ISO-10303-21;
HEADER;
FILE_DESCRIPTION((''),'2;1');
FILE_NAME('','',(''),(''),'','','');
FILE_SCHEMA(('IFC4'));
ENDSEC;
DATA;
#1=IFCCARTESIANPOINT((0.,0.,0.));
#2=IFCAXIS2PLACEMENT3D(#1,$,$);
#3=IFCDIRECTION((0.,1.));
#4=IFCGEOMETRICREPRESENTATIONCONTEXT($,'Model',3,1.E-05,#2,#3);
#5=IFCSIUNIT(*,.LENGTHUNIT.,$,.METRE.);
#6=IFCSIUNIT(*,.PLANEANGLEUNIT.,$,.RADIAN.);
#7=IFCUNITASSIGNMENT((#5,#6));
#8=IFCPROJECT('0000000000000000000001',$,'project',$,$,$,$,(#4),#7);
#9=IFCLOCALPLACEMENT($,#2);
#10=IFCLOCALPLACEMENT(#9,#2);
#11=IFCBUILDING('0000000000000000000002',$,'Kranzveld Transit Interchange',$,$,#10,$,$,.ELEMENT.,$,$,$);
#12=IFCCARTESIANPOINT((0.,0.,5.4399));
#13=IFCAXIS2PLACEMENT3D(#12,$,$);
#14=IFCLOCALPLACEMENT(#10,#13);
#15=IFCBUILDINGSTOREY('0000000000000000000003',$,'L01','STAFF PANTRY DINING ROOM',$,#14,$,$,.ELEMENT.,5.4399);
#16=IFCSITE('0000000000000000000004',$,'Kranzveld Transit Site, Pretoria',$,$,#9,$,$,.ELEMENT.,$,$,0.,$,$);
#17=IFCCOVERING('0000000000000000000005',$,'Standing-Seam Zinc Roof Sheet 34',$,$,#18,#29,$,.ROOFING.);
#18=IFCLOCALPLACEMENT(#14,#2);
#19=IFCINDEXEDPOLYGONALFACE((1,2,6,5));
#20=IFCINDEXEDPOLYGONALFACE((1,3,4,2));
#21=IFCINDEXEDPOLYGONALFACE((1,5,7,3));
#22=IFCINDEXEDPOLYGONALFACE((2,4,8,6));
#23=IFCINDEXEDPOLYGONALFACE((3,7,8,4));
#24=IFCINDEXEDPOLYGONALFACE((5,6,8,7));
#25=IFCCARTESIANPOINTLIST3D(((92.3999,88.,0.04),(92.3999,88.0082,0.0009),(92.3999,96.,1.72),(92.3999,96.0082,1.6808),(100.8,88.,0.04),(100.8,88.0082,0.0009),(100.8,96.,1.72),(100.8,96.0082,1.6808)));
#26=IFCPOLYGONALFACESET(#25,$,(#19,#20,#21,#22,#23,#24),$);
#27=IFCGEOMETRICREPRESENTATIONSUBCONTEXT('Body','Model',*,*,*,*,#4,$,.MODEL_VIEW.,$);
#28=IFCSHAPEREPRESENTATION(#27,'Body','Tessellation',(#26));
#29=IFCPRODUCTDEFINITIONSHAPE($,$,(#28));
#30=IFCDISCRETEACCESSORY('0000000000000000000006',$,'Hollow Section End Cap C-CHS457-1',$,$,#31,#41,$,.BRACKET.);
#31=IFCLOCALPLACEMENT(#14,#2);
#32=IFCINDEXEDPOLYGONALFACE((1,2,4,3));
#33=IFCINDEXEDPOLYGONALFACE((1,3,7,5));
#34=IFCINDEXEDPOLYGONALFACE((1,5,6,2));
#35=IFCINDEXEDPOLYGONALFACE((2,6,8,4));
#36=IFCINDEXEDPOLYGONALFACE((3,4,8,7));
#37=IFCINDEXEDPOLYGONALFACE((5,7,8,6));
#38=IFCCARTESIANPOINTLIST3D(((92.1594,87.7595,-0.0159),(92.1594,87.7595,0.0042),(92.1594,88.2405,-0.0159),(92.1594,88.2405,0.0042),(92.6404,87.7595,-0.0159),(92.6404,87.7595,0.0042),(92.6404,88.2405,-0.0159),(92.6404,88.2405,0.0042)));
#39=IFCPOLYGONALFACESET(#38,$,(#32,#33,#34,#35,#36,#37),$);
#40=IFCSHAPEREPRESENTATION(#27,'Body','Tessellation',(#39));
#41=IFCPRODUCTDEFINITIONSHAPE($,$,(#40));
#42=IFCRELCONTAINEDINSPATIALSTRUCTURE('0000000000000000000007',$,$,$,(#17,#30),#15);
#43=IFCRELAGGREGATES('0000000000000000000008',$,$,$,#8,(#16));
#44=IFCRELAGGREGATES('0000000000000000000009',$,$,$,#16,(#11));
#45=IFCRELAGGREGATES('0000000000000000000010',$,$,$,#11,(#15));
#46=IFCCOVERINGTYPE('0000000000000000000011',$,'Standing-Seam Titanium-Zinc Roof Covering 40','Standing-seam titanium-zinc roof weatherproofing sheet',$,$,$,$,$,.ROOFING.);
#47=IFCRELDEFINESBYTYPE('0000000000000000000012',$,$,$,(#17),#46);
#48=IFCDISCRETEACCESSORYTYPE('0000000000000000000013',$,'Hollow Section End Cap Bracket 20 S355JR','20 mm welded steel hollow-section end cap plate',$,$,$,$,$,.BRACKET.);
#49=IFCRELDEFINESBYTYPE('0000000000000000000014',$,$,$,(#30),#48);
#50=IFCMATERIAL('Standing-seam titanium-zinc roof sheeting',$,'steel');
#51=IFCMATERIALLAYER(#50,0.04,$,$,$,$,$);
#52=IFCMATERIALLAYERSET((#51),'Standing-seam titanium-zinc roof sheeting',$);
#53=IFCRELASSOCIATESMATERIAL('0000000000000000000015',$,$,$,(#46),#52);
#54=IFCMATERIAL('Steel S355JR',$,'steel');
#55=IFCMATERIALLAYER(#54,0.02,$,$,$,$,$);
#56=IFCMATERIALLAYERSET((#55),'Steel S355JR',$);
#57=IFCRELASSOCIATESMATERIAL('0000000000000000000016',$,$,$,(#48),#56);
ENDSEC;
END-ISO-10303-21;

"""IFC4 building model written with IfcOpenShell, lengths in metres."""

from ifc_helpers import new_model, si_unit, direction, frame, origin, origin_2d, place, context, subcontext, project, spatial, polyline, rectangle, outline, extrude, material, layer, layer_set, type_object, element, save


model = new_model("IFC4")

# Units and contexts
model_context = context("Model", 3, precision=1e-05, world=origin(), true_north=direction((0.0, 1.0)))
body_context = subcontext(model_context, "Body", "Model", "MODEL_VIEW")
ifc_project = project(units=[si_unit("LENGTHUNIT", "METRE"), si_unit("PLANEANGLEUNIT", "RADIAN")], contexts=[model_context])

# Site, building, storey
site_placement = place(None, origin())
site = spatial("IfcSite", under=ifc_project, at=site_placement, Name="Kranzveld Transit Site, Pretoria", CompositionType="ELEMENT", RefElevation=0.0)
building_placement = place(site_placement, origin())
building = spatial("IfcBuilding", under=site, at=building_placement, Name="Kranzveld Transit Interchange", CompositionType="ELEMENT")
storey_placement = place(building_placement, frame((0.0, 0.0, 5.4399)))
storey = spatial("IfcBuildingStorey", under=building, at=storey_placement, Name="L01", Description="STAFF PANTRY DINING ROOM", CompositionType="ELEMENT", Elevation=5.4399)

# Covering
ifc_material_1 = material(Name="Standing-seam titanium-zinc roof sheeting", Category="steel")
ifc_layer_1 = layer(ifc_material_1, 0.04)
ifc_layer_set_1 = layer_set([ifc_layer_1], Name="Standing-seam titanium-zinc roof sheeting")
covering_type = type_object("IfcCoveringType", Name="Standing-Seam Titanium-Zinc Roof Covering 40", Description="Standing-seam titanium-zinc roof weatherproofing sheet", PredefinedType="ROOFING", material=ifc_layer_set_1)
covering_placement = place(storey_placement, frame((92.3999, 88.0, 0.04), z_axis=(0.0, -0.205509, 0.978655), x_axis=(1.0, 0.0, 0.0)))
element("IfcCovering", 1, at=covering_placement, inside=storey, type_object=covering_type, Name="Standing-Seam Zinc Roof Sheet 34", PredefinedType="ROOFING", context=body_context, shape_type="SweptSolid", body=[
    extrude(outline(polyline([(0.0, 0.0), (8.4001, 0.0), (8.4001, 8.1745), (0.0, 8.1745), (0.0, 0.0)])), origin(), (0.0, 0.0, -1.0), 0.04),
])

# Discrete accessory
ifc_material_2 = material(Name="Steel S355JR", Category="steel")
ifc_layer_2 = layer(ifc_material_2, 0.02)
ifc_layer_set_2 = layer_set([ifc_layer_2], Name="Steel S355JR")
discrete_accessory_type = type_object("IfcDiscreteAccessoryType", Name="Hollow Section End Cap Bracket 20 S355JR", Description="20 mm welded steel hollow-section end cap plate", PredefinedType="BRACKET", material=ifc_layer_set_2)
discrete_accessory_placement = place(storey_placement, frame((92.3999, 88.0, 0.0042), z_axis=(0.0, 0.0, -1.0), x_axis=(1.0, 0.0, 0.0)))
element("IfcDiscreteAccessory", 2, at=discrete_accessory_placement, inside=storey, type_object=discrete_accessory_type, Name="Hollow Section End Cap C-CHS457-1", PredefinedType="BRACKET", context=body_context, shape_type="SweptSolid", body=[
    extrude(rectangle(XDim=0.481, YDim=0.481, at=origin_2d()), origin(), (0.0, 0.0, 1.0), 0.02),
])

save(model, "model.ifc")
